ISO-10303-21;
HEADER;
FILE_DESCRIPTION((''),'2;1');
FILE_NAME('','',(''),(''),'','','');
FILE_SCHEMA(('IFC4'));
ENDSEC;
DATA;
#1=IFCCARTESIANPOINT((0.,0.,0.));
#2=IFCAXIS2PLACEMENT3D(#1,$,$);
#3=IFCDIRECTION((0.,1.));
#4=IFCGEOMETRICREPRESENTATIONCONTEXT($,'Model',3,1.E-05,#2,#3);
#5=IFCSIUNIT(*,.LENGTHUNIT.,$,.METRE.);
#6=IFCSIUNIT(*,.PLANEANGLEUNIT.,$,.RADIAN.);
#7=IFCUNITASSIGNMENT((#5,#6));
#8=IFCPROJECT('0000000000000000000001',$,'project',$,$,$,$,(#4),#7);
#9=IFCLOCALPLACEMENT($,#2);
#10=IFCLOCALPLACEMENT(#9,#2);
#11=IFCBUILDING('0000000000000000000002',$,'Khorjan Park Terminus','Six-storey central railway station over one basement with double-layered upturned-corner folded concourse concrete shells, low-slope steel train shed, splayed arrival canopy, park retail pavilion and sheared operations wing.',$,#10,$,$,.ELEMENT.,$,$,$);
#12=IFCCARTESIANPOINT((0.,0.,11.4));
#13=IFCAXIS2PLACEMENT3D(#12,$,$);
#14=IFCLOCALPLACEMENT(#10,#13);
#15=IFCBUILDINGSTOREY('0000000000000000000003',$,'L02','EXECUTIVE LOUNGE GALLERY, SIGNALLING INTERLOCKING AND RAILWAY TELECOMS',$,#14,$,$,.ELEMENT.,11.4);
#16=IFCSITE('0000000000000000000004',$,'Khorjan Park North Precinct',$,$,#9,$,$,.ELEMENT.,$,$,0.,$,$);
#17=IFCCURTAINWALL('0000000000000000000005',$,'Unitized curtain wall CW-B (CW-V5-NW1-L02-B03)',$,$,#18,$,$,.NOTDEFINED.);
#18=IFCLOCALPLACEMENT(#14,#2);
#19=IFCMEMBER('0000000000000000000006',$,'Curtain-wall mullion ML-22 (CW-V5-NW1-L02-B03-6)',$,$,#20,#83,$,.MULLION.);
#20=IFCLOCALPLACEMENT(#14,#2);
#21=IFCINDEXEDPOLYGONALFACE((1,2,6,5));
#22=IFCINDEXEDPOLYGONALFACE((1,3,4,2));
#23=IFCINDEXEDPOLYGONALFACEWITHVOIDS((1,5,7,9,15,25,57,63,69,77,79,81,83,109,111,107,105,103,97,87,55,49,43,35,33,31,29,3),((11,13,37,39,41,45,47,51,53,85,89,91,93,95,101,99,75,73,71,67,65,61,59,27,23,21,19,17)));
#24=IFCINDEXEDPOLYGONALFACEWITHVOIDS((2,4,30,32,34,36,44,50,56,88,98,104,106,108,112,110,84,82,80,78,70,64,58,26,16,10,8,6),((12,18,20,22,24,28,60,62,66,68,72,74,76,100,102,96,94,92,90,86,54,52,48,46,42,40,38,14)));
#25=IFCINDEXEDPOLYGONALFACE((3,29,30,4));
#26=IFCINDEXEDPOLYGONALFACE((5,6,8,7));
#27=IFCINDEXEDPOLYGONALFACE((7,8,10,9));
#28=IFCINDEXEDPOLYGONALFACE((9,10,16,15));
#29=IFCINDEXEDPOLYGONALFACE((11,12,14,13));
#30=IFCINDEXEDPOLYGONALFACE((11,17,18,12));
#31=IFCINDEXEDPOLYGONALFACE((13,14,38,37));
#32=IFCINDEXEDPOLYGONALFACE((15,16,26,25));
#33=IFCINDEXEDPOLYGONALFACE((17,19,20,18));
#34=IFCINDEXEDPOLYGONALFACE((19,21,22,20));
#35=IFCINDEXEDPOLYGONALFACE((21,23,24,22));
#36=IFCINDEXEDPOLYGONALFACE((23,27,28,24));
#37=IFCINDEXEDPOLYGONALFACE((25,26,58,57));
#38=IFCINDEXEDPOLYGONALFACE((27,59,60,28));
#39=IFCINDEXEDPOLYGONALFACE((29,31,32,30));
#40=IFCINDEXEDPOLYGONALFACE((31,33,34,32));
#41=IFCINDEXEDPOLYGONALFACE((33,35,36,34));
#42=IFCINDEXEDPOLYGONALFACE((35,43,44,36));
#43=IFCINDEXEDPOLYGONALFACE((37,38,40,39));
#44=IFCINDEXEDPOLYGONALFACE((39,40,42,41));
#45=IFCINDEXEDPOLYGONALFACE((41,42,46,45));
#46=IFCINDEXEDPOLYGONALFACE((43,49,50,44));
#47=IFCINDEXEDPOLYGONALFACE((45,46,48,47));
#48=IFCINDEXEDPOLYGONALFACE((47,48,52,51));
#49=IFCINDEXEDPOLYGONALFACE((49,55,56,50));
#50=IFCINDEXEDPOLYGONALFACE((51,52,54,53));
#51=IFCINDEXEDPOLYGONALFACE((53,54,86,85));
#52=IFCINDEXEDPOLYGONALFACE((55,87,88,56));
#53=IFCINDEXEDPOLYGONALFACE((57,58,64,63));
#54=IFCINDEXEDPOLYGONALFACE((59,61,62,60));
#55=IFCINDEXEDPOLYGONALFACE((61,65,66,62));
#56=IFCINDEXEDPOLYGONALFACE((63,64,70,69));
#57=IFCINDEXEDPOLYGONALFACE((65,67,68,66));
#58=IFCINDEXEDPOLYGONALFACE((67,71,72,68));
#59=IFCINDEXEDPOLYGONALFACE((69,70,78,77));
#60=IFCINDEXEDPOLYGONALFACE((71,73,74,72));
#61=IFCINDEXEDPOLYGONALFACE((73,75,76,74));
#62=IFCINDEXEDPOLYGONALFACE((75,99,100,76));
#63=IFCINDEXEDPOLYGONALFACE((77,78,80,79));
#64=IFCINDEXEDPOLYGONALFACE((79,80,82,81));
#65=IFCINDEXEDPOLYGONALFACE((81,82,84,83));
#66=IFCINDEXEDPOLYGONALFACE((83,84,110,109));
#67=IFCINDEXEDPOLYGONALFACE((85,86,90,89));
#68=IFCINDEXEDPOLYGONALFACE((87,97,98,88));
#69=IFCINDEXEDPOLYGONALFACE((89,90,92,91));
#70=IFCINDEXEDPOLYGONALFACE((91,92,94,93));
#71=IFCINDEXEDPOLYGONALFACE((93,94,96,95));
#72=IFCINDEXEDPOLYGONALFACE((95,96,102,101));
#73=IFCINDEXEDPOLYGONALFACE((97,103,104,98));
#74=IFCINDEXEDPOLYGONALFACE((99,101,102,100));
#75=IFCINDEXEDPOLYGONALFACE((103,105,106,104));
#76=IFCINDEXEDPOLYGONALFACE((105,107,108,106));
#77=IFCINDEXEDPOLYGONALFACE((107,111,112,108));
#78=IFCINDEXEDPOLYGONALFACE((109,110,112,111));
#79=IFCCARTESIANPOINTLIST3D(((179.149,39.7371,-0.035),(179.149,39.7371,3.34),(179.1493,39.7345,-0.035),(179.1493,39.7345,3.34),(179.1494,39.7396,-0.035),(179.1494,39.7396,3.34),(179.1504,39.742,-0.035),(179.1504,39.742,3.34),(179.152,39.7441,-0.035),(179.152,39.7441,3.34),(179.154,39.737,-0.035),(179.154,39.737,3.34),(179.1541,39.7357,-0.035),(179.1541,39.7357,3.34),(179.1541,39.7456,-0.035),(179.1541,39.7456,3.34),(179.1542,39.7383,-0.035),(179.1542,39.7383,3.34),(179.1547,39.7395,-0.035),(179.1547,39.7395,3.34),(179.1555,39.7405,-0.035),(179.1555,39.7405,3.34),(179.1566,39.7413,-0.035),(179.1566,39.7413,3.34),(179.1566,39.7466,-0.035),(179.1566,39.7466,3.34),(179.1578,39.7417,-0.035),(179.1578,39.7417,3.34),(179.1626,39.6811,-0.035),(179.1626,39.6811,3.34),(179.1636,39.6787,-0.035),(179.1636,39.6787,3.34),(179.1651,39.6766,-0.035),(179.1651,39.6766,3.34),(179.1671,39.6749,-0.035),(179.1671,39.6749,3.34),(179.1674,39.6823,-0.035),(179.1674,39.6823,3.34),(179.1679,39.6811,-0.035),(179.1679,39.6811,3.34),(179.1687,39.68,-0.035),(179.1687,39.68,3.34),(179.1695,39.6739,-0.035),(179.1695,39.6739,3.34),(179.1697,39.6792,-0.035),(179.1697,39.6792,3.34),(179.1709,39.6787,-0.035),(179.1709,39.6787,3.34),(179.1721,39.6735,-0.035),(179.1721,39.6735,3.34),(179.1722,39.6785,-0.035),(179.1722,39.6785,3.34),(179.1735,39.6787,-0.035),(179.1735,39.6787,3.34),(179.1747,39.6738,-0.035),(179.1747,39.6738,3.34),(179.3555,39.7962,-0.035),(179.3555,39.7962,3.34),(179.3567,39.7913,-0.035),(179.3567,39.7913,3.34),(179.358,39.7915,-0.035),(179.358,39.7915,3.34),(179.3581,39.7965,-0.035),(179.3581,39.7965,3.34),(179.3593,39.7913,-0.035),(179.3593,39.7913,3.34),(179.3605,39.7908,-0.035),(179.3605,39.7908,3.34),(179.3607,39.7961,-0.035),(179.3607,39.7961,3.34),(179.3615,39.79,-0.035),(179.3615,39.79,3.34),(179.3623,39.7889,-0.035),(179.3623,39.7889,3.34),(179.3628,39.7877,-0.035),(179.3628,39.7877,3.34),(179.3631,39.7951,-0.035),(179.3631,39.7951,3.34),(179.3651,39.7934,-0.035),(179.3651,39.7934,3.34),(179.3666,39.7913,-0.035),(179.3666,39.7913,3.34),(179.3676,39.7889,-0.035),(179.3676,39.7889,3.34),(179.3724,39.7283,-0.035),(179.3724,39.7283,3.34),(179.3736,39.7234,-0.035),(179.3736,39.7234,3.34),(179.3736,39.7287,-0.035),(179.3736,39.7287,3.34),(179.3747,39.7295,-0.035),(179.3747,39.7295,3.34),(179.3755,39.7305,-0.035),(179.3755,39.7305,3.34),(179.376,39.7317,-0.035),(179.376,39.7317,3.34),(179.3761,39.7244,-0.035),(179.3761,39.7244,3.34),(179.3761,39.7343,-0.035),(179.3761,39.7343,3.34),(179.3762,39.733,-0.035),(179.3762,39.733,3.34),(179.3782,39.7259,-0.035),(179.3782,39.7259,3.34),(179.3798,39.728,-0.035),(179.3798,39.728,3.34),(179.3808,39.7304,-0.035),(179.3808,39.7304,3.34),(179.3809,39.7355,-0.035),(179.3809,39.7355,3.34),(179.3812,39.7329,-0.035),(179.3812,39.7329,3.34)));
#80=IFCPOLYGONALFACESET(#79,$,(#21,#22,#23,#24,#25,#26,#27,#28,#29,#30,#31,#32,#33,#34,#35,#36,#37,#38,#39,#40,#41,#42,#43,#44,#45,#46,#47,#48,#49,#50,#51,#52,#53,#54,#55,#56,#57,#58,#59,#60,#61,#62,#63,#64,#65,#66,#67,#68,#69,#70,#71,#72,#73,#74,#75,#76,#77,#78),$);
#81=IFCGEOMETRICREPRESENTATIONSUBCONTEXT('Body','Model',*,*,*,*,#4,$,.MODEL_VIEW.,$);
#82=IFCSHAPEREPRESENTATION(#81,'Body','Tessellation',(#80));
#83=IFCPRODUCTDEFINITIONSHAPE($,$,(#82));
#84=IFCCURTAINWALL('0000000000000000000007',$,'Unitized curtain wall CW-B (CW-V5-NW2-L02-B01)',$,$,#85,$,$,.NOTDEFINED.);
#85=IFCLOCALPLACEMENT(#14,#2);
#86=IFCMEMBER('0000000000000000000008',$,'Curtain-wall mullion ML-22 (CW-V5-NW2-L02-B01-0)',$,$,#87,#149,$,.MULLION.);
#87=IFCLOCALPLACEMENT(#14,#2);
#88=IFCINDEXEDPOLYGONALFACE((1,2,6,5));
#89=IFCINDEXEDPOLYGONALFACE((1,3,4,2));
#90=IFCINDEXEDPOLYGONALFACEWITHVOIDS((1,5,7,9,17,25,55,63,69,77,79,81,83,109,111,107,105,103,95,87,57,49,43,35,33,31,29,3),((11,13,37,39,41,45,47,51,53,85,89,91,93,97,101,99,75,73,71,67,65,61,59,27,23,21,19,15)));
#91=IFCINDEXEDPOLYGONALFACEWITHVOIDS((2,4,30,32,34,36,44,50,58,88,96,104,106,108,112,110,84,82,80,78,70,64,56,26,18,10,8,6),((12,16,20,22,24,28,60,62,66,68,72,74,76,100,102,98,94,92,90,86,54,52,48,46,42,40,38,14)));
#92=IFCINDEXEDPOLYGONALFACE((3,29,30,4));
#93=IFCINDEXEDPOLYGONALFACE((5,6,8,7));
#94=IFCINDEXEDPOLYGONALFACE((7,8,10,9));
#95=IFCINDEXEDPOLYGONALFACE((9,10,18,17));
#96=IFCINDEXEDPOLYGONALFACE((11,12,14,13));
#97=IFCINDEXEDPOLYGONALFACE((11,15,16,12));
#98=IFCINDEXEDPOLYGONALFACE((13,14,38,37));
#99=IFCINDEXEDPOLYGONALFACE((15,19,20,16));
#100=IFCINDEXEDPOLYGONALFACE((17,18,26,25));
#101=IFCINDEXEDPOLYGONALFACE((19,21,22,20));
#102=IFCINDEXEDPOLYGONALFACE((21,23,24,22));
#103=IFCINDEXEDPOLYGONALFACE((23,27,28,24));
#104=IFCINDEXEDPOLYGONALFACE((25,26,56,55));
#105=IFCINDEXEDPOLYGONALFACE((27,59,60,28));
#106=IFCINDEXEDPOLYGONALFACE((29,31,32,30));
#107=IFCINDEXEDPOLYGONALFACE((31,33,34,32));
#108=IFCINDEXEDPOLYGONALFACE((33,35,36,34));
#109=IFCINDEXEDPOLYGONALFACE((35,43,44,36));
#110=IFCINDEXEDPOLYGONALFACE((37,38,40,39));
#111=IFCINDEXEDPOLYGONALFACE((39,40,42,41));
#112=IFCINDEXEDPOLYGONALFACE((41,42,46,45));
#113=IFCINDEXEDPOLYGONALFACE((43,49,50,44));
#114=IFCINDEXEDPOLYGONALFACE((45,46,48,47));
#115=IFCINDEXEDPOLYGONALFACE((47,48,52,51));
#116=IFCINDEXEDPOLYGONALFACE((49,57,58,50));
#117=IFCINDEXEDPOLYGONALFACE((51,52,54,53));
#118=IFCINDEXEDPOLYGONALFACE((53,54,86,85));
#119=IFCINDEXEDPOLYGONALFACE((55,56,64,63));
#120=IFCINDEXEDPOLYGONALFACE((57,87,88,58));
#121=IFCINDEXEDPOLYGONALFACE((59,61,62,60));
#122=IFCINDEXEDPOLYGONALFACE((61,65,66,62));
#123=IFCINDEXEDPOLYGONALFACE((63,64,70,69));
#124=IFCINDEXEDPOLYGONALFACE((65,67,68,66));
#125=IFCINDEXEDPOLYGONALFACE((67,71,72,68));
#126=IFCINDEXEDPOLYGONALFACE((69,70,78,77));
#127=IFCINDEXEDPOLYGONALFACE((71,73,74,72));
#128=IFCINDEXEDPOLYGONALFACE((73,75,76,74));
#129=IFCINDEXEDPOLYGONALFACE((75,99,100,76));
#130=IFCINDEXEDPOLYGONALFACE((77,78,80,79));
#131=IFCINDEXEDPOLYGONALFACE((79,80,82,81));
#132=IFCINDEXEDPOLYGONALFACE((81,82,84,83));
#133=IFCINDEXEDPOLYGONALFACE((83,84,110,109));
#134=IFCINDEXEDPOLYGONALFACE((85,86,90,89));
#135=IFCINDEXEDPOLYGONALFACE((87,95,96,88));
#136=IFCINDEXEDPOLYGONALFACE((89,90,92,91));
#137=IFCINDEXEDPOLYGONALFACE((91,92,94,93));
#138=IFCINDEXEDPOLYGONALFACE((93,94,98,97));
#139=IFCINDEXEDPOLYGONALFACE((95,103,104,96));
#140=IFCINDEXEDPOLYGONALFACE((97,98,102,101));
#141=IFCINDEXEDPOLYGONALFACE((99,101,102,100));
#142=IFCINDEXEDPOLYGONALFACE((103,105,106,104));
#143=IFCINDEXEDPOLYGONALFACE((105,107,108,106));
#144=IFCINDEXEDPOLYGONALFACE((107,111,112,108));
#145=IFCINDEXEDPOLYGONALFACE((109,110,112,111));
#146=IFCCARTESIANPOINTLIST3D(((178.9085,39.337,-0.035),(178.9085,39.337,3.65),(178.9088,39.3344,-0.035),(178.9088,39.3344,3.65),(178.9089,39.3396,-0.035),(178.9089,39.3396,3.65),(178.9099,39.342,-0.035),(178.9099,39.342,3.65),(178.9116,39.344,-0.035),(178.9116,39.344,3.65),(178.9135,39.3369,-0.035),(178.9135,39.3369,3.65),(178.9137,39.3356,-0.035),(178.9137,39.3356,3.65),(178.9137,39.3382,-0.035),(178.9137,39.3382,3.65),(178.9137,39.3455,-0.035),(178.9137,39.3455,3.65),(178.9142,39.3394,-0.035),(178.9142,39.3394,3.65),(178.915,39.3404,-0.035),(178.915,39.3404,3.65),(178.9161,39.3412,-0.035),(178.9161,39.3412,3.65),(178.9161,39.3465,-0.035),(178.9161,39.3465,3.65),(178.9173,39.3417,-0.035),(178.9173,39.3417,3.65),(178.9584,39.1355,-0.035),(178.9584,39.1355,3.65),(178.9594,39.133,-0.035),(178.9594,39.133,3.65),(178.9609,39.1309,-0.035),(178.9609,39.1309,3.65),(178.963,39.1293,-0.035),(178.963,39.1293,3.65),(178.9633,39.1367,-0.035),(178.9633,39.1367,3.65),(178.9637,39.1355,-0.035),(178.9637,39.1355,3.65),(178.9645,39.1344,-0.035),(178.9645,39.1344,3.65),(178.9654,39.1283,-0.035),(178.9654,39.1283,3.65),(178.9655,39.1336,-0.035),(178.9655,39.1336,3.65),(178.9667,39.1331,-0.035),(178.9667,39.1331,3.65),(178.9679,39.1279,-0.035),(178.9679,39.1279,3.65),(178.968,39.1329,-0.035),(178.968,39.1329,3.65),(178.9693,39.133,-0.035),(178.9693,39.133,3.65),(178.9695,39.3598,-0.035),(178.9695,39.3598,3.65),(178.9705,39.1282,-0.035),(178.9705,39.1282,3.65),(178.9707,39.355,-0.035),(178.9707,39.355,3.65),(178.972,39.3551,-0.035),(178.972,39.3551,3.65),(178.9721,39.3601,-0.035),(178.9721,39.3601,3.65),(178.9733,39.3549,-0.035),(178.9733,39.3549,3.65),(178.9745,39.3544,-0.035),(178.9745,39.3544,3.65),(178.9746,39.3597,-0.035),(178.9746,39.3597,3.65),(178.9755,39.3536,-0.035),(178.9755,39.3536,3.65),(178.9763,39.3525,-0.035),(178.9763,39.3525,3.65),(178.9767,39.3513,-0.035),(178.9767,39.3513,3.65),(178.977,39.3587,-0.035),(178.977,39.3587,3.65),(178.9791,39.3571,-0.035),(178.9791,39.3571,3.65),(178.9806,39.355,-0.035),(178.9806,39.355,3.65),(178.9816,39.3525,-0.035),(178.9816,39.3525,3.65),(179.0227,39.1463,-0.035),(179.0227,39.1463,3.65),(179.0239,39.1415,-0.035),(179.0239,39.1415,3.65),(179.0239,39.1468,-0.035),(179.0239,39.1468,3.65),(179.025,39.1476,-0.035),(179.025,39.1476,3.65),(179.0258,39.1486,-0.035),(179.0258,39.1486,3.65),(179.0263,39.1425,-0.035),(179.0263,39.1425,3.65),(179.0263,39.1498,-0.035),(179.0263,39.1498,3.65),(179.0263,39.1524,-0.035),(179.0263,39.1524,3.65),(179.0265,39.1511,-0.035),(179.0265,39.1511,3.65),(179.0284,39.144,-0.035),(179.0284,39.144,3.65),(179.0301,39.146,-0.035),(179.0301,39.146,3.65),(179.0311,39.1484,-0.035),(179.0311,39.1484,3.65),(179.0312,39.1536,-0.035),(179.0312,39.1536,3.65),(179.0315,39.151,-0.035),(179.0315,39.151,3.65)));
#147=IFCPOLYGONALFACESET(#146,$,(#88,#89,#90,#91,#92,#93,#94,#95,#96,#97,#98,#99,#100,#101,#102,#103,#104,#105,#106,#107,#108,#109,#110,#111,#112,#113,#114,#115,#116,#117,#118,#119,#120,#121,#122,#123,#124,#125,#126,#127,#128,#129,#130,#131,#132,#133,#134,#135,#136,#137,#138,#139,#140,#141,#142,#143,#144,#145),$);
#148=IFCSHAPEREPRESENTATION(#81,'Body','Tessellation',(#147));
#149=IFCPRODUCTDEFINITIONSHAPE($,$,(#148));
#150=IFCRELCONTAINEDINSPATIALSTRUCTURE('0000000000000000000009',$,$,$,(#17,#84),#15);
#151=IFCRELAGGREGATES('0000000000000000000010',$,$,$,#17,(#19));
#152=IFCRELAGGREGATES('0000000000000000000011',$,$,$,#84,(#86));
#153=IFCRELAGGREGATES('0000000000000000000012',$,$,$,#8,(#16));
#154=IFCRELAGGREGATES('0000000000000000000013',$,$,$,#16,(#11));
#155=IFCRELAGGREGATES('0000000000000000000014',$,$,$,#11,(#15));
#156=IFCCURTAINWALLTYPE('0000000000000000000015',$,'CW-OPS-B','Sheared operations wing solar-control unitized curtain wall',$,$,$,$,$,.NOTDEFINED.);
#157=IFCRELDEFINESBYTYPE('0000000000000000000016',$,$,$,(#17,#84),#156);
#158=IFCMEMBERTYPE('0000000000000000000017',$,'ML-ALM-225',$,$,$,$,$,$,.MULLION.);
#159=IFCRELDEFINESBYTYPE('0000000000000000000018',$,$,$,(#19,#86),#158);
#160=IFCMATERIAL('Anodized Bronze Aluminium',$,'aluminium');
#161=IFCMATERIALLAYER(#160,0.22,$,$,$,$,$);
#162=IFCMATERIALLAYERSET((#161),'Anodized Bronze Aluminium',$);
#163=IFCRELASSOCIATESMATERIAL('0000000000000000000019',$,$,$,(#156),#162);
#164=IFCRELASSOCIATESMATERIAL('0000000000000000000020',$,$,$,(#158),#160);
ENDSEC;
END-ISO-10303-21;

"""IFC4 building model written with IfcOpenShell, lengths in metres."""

from ifc_helpers import new_model, si_unit, direction, frame, origin, origin_2d, place, context, subcontext, project, spatial, hollow_rectangle, extrude, material, layer, layer_set, material_profile, profile_set, type_object, element, aggregate, save


model = new_model("IFC4")

# Units and contexts
model_context = context("Model", 3, precision=1e-05, world=origin(), true_north=direction((0.0, 1.0)))
body_context = subcontext(model_context, "Body", "Model", "MODEL_VIEW")
ifc_project = project(units=[si_unit("LENGTHUNIT", "METRE"), si_unit("PLANEANGLEUNIT", "RADIAN")], contexts=[model_context])

# Site, building, storey
site_placement = place(None, origin())
site = spatial("IfcSite", under=ifc_project, at=site_placement, Name="Khorjan Park North Precinct", CompositionType="ELEMENT", RefElevation=0.0)
building_placement = place(site_placement, origin())
building = spatial("IfcBuilding", under=site, at=building_placement, Name="Khorjan Park Terminus", Description="Six-storey central railway station over one basement with double-layered upturned-corner folded concourse concrete shells, low-slope steel train shed, splayed arrival canopy, park retail pavilion and sheared operations wing.", CompositionType="ELEMENT")
storey_placement = place(building_placement, frame((0.0, 0.0, 11.4)))
storey = spatial("IfcBuildingStorey", under=building, at=storey_placement, Name="L02", Description="EXECUTIVE LOUNGE GALLERY, SIGNALLING INTERLOCKING AND RAILWAY TELECOMS", CompositionType="ELEMENT", Elevation=11.4)

# Curtain wall, member
ifc_material_1 = material(Name="Anodized Bronze Aluminium", Category="aluminium")
ifc_layer_1 = layer(ifc_material_1, 0.22)
ifc_layer_set_1 = layer_set([ifc_layer_1], Name="Anodized Bronze Aluminium")
curtain_wall_type = type_object("IfcCurtainWallType", Name="CW-OPS-B", Description="Sheared operations wing solar-control unitized curtain wall", PredefinedType="NOTDEFINED", material=ifc_layer_set_1)
curtain_wall_1_placement = place(storey_placement, origin())
curtain_wall_1 = element("IfcCurtainWall", 1, at=curtain_wall_1_placement, inside=storey, type_object=curtain_wall_type, Name="Unitized curtain wall CW-B (CW-V5-NW1-L02-B03)", PredefinedType="NOTDEFINED")
ifc_material_profile_1 = material_profile(ifc_material_1, hollow_rectangle(XDim=0.075, YDim=0.225, WallThickness=0.005, InnerFilletRadius=0.005, OuterFilletRadius=0.01, at=origin_2d()), Name="ALM 75x225x5")
ifc_profile_set_1 = profile_set([ifc_material_profile_1], Name="Anodized Bronze Aluminium")
member_type_1 = type_object("IfcMemberType", Name="ML-ALM-225", PredefinedType="MULLION", material=ifc_profile_set_1)
member_1_placement = place(storey_placement, frame((179.2651, 39.735, -0.035), z_axis=(0.0, 0.0, 1.0), x_axis=(0.241921, -0.970296, 0.0)))
member_1 = element("IfcMember", 2, at=member_1_placement, type_object=member_type_1, Name="Curtain-wall mullion ML-22 (CW-V5-NW1-L02-B03-6)", PredefinedType="MULLION", context=body_context, shape_type="SweptSolid", body=[
    extrude(hollow_rectangle(XDim=0.075, YDim=0.225, WallThickness=0.005, InnerFilletRadius=0.005, OuterFilletRadius=0.01, at=origin_2d()), origin(), (0.0, 0.0, 1.0), 3.375),
])

# Curtain wall, member
curtain_wall_2_placement = place(storey_placement, origin())
curtain_wall_2 = element("IfcCurtainWall", 3, at=curtain_wall_2_placement, inside=storey, type_object=curtain_wall_type, Name="Unitized curtain wall CW-B (CW-V5-NW2-L02-B01)", PredefinedType="NOTDEFINED")
member_2_placement = place(storey_placement, frame((178.97, 39.244, -0.035), z_axis=(0.0, 0.0, 1.0), x_axis=(-0.970297, -0.241918, 0.0)))
member_2 = element("IfcMember", 4, at=member_2_placement, type_object=member_type_1, Name="Curtain-wall mullion ML-22 (CW-V5-NW2-L02-B01-0)", PredefinedType="MULLION", context=body_context, shape_type="SweptSolid", body=[
    extrude(hollow_rectangle(XDim=0.075, YDim=0.225, WallThickness=0.005, InnerFilletRadius=0.005, OuterFilletRadius=0.01, at=origin_2d()), origin(), (0.0, 0.0, 1.0), 3.685),
])

aggregate(curtain_wall_1, [member_1])
aggregate(curtain_wall_2, [member_2])

save(model, "model.ifc")
